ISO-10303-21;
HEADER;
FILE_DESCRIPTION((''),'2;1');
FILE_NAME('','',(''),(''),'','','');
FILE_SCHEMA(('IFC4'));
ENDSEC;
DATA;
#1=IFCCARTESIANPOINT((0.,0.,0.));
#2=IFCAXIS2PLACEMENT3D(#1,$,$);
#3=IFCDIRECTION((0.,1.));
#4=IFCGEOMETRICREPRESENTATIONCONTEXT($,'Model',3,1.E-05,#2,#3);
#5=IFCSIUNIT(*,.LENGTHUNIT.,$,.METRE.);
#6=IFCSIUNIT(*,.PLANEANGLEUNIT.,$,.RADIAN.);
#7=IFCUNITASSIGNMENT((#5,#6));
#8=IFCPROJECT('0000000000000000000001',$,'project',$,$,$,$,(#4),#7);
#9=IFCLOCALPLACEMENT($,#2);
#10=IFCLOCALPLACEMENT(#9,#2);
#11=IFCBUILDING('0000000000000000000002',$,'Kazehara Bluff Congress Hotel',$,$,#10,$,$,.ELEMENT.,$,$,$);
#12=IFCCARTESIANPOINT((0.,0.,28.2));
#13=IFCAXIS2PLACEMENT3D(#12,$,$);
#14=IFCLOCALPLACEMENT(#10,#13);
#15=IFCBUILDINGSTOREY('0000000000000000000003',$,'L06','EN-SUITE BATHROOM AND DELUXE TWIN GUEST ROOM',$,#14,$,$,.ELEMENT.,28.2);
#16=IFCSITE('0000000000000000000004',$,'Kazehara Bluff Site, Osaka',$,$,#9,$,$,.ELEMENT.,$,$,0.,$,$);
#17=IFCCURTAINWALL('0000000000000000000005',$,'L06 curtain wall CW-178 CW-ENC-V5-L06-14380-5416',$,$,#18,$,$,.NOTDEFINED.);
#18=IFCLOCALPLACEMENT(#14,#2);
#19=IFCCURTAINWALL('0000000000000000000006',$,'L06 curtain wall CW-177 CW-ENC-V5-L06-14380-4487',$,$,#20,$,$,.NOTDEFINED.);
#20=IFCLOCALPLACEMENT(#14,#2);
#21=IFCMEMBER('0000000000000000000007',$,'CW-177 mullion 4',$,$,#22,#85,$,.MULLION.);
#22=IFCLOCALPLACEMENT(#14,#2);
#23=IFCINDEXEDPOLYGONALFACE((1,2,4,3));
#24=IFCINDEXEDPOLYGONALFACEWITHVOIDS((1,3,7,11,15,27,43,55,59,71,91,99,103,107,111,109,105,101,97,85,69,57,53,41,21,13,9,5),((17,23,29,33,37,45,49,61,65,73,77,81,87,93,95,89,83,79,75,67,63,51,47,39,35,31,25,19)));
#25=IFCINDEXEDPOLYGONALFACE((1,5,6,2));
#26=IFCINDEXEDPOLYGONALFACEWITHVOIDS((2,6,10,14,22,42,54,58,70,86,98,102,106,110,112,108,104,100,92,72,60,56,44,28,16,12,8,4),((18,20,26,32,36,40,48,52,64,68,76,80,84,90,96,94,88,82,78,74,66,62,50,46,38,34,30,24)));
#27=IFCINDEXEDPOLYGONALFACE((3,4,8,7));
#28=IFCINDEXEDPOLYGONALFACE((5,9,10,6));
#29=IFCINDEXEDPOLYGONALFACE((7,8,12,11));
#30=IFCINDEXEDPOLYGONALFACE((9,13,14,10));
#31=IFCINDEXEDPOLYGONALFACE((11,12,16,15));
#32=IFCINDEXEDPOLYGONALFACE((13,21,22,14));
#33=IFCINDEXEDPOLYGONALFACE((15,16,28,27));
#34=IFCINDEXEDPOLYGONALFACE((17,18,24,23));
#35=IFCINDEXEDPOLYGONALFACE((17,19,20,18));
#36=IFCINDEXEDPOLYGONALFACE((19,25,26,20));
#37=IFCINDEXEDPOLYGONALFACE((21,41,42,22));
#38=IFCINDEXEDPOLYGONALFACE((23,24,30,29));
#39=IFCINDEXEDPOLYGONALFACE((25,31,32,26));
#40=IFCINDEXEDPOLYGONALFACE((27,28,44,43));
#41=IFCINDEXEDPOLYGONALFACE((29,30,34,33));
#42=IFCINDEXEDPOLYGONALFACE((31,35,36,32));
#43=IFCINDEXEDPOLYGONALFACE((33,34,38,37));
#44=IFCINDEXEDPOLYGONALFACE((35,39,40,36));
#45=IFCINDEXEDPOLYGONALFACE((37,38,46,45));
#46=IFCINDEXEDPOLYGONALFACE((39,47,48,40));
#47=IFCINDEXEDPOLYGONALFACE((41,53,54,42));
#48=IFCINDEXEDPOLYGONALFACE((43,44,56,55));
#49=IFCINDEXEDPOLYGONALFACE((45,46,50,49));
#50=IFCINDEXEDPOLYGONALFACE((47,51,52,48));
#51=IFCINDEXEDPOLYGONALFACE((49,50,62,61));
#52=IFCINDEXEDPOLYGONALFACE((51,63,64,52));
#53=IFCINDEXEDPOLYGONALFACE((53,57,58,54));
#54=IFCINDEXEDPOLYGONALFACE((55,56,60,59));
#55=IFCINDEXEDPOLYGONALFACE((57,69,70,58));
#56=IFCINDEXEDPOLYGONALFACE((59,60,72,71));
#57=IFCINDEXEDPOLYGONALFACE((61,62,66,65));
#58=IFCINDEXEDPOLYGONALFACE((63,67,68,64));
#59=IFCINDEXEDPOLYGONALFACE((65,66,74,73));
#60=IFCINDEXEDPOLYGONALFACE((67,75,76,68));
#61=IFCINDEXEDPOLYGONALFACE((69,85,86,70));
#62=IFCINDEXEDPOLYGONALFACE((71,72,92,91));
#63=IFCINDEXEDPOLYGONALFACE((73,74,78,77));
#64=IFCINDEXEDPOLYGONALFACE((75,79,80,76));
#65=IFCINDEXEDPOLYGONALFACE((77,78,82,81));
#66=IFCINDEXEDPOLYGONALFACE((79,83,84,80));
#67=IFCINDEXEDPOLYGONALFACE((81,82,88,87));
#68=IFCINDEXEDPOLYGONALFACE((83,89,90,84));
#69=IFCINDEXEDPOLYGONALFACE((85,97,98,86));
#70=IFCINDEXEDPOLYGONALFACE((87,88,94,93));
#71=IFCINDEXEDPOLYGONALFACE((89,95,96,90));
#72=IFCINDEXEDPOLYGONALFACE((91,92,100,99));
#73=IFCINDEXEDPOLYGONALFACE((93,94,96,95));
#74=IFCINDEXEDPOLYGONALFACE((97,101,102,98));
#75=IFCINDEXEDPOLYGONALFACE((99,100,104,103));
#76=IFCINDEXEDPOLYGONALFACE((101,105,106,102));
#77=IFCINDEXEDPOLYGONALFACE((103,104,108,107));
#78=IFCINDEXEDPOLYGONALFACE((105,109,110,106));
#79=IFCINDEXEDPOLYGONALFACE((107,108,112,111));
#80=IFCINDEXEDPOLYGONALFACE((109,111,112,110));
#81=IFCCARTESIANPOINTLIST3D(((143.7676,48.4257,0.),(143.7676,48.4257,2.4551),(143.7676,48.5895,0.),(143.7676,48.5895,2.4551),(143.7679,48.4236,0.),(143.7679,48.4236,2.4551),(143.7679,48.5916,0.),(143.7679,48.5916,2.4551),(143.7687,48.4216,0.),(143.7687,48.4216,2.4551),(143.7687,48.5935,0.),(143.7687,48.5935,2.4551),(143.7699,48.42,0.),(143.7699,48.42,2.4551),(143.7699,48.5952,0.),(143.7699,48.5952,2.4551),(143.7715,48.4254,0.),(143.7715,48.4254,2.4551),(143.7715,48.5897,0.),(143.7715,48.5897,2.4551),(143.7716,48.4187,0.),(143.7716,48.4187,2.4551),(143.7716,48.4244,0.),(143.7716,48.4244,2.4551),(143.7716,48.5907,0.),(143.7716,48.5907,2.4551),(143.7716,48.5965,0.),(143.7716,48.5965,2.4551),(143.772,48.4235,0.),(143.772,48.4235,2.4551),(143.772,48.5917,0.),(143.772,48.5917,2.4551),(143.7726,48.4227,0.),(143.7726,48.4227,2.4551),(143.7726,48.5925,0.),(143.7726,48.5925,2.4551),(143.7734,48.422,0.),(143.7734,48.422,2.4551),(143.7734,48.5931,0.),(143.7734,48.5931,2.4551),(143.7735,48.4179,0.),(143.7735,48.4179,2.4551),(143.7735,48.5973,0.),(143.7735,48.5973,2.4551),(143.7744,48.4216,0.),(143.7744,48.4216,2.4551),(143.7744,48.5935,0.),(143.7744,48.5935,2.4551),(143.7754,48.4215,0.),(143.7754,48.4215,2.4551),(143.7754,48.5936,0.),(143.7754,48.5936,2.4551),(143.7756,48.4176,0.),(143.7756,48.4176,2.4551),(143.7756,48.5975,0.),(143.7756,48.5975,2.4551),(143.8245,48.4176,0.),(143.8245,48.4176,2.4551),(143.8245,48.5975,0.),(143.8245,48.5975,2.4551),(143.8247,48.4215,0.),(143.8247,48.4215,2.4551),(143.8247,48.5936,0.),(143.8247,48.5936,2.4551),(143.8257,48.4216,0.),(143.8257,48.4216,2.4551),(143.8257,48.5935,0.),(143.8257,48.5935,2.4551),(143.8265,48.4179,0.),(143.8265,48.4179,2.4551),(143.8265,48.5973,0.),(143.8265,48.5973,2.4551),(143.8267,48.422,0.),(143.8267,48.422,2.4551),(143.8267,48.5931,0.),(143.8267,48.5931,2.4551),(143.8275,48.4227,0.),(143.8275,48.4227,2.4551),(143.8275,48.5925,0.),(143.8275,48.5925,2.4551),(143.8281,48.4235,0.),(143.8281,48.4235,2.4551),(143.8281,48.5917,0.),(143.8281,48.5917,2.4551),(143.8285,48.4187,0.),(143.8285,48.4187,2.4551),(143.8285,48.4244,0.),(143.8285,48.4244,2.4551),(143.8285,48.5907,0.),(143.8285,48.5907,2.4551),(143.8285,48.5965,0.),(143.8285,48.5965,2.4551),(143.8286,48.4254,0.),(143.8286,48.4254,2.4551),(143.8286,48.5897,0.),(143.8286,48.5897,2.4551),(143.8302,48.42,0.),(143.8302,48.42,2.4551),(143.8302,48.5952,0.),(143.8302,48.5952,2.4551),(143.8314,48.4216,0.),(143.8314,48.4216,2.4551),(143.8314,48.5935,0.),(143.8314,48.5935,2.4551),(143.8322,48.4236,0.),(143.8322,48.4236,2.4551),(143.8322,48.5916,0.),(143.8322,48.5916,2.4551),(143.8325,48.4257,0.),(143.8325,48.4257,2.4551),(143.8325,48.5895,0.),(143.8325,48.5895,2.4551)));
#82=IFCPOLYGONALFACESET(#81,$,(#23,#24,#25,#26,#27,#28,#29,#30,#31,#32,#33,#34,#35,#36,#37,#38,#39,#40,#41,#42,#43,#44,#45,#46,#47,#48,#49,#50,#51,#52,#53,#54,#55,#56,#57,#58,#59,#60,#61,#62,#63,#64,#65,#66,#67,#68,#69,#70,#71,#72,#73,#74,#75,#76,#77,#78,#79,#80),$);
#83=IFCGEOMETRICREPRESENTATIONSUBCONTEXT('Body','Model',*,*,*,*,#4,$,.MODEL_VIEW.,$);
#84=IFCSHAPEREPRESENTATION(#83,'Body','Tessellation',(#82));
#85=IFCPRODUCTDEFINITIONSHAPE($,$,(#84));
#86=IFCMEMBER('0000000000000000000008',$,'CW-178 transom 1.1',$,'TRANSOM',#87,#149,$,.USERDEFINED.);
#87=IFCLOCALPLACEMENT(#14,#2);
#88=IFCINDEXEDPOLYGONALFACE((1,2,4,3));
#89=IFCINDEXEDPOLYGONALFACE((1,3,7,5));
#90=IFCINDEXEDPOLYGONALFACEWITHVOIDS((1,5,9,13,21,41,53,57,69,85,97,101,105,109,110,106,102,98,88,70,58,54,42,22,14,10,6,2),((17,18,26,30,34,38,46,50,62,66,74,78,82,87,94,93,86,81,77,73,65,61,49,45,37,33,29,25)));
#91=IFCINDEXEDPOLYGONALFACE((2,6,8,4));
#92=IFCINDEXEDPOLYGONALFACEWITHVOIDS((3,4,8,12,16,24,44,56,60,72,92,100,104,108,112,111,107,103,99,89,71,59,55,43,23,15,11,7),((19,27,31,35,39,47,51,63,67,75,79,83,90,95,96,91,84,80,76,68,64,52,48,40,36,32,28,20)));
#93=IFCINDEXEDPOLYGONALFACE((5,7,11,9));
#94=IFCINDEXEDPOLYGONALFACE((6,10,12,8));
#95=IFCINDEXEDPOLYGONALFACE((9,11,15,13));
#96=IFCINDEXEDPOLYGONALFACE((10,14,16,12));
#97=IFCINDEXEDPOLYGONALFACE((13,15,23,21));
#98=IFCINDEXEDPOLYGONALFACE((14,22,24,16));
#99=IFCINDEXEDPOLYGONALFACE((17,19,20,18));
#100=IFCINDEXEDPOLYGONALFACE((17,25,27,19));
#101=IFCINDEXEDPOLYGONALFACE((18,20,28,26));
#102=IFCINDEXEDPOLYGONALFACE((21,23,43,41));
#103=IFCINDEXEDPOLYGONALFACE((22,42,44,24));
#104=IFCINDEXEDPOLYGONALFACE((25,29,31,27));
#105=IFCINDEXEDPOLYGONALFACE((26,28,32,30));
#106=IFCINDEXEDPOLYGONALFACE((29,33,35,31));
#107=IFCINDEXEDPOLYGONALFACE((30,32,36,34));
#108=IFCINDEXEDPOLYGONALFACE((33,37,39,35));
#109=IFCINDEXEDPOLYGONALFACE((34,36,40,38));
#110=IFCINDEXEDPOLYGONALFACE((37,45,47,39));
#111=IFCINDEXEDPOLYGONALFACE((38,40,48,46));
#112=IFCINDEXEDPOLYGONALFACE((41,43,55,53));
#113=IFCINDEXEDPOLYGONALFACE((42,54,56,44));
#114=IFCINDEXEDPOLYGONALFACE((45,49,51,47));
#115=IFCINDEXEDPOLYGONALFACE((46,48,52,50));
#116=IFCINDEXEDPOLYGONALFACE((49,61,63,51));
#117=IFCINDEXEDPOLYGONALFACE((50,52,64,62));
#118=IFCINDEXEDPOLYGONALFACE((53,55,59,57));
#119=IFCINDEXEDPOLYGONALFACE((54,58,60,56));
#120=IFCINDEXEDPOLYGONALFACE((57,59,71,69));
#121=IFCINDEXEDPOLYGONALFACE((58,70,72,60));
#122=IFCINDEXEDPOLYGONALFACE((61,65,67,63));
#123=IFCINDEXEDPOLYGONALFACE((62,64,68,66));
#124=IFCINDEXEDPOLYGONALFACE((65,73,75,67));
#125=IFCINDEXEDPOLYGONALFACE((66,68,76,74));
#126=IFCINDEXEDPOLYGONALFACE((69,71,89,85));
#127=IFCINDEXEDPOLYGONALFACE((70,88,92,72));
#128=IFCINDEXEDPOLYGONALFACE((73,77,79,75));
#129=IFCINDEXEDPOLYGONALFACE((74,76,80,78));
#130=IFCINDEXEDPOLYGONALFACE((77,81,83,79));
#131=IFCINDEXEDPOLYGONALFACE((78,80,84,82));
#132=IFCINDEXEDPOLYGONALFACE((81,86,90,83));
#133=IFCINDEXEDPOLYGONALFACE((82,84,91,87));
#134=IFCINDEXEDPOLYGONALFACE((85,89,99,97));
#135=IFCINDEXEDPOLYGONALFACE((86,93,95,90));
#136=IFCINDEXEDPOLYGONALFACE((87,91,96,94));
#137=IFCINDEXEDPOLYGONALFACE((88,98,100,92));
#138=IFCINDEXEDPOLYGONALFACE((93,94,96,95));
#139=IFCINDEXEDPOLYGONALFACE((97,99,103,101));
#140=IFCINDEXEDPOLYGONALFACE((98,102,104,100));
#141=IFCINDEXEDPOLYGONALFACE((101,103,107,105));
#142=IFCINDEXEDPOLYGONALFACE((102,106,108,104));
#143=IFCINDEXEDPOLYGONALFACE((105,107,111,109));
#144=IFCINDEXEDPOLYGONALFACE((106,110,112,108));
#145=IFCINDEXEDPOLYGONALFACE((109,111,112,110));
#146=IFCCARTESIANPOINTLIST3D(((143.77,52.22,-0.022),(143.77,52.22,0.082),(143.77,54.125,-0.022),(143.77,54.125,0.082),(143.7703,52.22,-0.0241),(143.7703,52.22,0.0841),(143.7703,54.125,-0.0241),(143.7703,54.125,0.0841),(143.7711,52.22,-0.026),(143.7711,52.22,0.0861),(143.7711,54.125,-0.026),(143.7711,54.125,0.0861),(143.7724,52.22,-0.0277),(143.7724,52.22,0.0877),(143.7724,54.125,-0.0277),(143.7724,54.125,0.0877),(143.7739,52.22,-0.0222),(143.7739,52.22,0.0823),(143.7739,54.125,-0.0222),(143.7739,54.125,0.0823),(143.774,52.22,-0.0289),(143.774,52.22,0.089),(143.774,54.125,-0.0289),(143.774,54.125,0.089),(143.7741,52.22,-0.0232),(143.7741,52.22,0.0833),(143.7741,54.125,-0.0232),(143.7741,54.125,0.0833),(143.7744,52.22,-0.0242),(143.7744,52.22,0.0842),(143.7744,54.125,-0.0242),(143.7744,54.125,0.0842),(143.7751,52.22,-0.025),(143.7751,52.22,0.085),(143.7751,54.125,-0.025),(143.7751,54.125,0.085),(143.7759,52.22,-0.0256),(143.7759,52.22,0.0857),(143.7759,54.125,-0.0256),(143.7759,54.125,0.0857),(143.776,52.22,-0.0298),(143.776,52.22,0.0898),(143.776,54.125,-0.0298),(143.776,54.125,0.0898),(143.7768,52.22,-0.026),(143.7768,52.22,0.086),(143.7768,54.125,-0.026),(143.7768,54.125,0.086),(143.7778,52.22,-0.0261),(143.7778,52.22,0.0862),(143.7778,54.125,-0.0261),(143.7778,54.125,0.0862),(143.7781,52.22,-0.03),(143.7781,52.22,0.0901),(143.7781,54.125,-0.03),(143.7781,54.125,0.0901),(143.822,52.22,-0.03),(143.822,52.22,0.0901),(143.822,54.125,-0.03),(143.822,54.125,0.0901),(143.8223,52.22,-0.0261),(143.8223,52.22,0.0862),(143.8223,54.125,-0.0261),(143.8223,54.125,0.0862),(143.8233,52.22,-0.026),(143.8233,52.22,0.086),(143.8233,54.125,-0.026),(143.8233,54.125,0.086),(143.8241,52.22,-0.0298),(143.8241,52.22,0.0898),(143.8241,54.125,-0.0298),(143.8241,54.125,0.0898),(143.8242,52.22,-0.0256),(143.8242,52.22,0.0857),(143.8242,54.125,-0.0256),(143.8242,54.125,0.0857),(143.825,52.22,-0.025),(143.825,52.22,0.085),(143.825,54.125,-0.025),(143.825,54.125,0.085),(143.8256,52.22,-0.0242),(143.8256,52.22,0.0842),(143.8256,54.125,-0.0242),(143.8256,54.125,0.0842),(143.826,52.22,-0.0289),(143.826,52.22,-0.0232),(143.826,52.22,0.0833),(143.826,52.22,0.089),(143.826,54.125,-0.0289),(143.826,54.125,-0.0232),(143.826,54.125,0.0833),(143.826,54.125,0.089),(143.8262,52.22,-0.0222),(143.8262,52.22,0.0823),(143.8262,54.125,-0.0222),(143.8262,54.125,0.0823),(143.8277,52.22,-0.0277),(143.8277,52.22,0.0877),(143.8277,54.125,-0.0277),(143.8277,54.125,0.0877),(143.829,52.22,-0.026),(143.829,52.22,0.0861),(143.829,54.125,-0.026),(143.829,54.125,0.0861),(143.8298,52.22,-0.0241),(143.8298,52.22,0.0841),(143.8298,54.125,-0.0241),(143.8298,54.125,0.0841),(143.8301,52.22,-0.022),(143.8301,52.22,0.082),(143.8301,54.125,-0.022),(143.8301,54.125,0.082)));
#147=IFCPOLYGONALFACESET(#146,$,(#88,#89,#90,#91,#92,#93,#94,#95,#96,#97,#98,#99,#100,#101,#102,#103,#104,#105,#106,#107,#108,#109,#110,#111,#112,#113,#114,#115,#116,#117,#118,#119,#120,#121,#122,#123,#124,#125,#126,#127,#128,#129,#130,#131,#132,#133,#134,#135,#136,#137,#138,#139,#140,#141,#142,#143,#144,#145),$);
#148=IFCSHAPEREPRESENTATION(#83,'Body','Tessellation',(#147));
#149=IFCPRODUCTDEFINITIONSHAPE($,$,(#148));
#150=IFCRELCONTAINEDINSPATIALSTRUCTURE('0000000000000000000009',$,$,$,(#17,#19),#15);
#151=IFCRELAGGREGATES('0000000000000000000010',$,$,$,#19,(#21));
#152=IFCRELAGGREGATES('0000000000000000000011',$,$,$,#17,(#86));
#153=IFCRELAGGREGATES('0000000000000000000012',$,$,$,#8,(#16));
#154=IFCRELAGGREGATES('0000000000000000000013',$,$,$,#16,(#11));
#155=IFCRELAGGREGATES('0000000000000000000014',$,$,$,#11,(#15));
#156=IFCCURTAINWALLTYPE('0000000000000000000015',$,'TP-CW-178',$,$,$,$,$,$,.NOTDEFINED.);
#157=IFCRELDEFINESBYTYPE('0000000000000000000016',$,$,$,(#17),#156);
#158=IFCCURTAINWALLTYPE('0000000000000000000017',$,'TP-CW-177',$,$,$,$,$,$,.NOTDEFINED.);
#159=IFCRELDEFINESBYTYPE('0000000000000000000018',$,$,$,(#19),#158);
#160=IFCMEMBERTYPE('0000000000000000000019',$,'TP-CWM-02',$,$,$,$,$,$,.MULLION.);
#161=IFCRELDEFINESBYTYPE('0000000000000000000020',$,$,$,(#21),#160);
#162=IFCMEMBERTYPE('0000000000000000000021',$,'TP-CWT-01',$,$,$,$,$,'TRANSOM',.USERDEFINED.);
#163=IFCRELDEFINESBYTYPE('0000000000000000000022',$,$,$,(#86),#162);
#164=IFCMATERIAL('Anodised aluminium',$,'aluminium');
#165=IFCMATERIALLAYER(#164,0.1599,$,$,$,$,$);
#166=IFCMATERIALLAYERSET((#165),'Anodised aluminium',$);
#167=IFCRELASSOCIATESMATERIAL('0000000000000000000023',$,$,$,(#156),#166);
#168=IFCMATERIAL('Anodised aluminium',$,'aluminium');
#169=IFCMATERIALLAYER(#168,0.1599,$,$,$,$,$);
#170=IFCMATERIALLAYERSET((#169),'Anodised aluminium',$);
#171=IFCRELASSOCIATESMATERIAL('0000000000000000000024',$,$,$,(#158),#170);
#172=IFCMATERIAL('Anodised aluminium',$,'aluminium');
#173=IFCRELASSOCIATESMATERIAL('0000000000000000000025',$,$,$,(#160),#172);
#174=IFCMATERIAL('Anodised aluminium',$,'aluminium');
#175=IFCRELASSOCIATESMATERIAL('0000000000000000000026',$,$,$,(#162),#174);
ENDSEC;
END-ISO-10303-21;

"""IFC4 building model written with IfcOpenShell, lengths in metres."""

from ifc_helpers import new_model, si_unit, direction, frame, origin, origin_2d, place, context, subcontext, project, spatial, hollow_rectangle, extrude, material, layer, layer_set, material_profile, profile_set, type_object, element, aggregate, save


model = new_model("IFC4")

# Units and contexts
model_context = context("Model", 3, precision=1e-05, world=origin(), true_north=direction((0.0, 1.0)))
body_context = subcontext(model_context, "Body", "Model", "MODEL_VIEW")
ifc_project = project(units=[si_unit("LENGTHUNIT", "METRE"), si_unit("PLANEANGLEUNIT", "RADIAN")], contexts=[model_context])

# Site, building, storey
site_placement = place(None, origin())
site = spatial("IfcSite", under=ifc_project, at=site_placement, Name="Kazehara Bluff Site, Osaka", CompositionType="ELEMENT", RefElevation=0.0)
building_placement = place(site_placement, origin())
building = spatial("IfcBuilding", under=site, at=building_placement, Name="Kazehara Bluff Congress Hotel", CompositionType="ELEMENT")
storey_placement = place(building_placement, frame((0.0, 0.0, 28.2)))
storey = spatial("IfcBuildingStorey", under=building, at=storey_placement, Name="L06", Description="EN-SUITE BATHROOM AND DELUXE TWIN GUEST ROOM", CompositionType="ELEMENT", Elevation=28.2)

# Curtain wall
ifc_material_1 = material(Name="Anodised aluminium", Category="aluminium")
ifc_layer_1 = layer(ifc_material_1, 0.1599)
ifc_layer_set_1 = layer_set([ifc_layer_1], Name="Anodised aluminium")
curtain_wall_type_1 = type_object("IfcCurtainWallType", Name="TP-CW-178", PredefinedType="NOTDEFINED", material=ifc_layer_set_1)
curtain_wall_1_placement = place(storey_placement, origin())
curtain_wall_1 = element("IfcCurtainWall", 1, at=curtain_wall_1_placement, inside=storey, type_object=curtain_wall_type_1, Name="L06 curtain wall CW-178 CW-ENC-V5-L06-14380-5416", PredefinedType="NOTDEFINED")

# Curtain wall, member
ifc_material_2 = material(Name="Anodised aluminium", Category="aluminium")
ifc_layer_2 = layer(ifc_material_2, 0.1599)
ifc_layer_set_2 = layer_set([ifc_layer_2], Name="Anodised aluminium")
curtain_wall_type_2 = type_object("IfcCurtainWallType", Name="TP-CW-177", PredefinedType="NOTDEFINED", material=ifc_layer_set_2)
curtain_wall_2_placement = place(storey_placement, origin())
curtain_wall_2 = element("IfcCurtainWall", 2, at=curtain_wall_2_placement, inside=storey, type_object=curtain_wall_type_2, Name="L06 curtain wall CW-177 CW-ENC-V5-L06-14380-4487", PredefinedType="NOTDEFINED")
ifc_material_3 = material(Name="Anodised aluminium", Category="aluminium")
ifc_material_profile_1 = material_profile(ifc_material_3, hollow_rectangle(XDim=0.0649, YDim=0.1799, WallThickness=0.0039, InnerFilletRadius=0.0039, OuterFilletRadius=0.0081, at=origin_2d()))
ifc_profile_set_1 = profile_set([ifc_material_profile_1], Name="Anodised aluminium")
member_type_1 = type_object("IfcMemberType", Name="TP-CWM-02", PredefinedType="MULLION", material=ifc_profile_set_1)
member_1_placement = place(storey_placement, frame((143.8, 48.5076, 0.0), z_axis=(0.0, 0.0, 1.0), x_axis=(-1.0, 0.0, 0.0)))
member_1 = element("IfcMember", 3, at=member_1_placement, type_object=member_type_1, Name="CW-177 mullion 4", PredefinedType="MULLION", context=body_context, shape_type="SweptSolid", body=[
    extrude(hollow_rectangle(XDim=0.0649, YDim=0.1799, WallThickness=0.0039, InnerFilletRadius=0.0039, OuterFilletRadius=0.0081, at=origin_2d()), origin(), (0.0, 0.0, 1.0), 2.4551),
])

# Member
ifc_material_4 = material(Name="Anodised aluminium", Category="aluminium")
ifc_material_profile_2 = material_profile(ifc_material_4, hollow_rectangle(XDim=0.0601, YDim=0.1201, WallThickness=0.0039, InnerFilletRadius=0.0039, OuterFilletRadius=0.0081, at=origin_2d()))
ifc_profile_set_2 = profile_set([ifc_material_profile_2], Name="Anodised aluminium")
member_type_2 = type_object("IfcMemberType", Name="TP-CWT-01", ElementType="TRANSOM", PredefinedType="USERDEFINED", material=ifc_profile_set_2)
member_2_placement = place(storey_placement, frame((143.8, 52.22, 0.03), z_axis=(0.0, 1.0, 0.0), x_axis=(-1.0, 0.0, 0.0)))
member_2 = element("IfcMember", 4, at=member_2_placement, type_object=member_type_2, Name="CW-178 transom 1.1", ObjectType="TRANSOM", PredefinedType="USERDEFINED", context=body_context, shape_type="SweptSolid", body=[
    extrude(hollow_rectangle(XDim=0.0601, YDim=0.1201, WallThickness=0.0039, InnerFilletRadius=0.0039, OuterFilletRadius=0.0081, at=origin_2d()), origin(), (0.0, 0.0, 1.0), 1.905),
])

aggregate(curtain_wall_2, [member_1])
aggregate(curtain_wall_1, [member_2])

save(model, "model.ifc")
